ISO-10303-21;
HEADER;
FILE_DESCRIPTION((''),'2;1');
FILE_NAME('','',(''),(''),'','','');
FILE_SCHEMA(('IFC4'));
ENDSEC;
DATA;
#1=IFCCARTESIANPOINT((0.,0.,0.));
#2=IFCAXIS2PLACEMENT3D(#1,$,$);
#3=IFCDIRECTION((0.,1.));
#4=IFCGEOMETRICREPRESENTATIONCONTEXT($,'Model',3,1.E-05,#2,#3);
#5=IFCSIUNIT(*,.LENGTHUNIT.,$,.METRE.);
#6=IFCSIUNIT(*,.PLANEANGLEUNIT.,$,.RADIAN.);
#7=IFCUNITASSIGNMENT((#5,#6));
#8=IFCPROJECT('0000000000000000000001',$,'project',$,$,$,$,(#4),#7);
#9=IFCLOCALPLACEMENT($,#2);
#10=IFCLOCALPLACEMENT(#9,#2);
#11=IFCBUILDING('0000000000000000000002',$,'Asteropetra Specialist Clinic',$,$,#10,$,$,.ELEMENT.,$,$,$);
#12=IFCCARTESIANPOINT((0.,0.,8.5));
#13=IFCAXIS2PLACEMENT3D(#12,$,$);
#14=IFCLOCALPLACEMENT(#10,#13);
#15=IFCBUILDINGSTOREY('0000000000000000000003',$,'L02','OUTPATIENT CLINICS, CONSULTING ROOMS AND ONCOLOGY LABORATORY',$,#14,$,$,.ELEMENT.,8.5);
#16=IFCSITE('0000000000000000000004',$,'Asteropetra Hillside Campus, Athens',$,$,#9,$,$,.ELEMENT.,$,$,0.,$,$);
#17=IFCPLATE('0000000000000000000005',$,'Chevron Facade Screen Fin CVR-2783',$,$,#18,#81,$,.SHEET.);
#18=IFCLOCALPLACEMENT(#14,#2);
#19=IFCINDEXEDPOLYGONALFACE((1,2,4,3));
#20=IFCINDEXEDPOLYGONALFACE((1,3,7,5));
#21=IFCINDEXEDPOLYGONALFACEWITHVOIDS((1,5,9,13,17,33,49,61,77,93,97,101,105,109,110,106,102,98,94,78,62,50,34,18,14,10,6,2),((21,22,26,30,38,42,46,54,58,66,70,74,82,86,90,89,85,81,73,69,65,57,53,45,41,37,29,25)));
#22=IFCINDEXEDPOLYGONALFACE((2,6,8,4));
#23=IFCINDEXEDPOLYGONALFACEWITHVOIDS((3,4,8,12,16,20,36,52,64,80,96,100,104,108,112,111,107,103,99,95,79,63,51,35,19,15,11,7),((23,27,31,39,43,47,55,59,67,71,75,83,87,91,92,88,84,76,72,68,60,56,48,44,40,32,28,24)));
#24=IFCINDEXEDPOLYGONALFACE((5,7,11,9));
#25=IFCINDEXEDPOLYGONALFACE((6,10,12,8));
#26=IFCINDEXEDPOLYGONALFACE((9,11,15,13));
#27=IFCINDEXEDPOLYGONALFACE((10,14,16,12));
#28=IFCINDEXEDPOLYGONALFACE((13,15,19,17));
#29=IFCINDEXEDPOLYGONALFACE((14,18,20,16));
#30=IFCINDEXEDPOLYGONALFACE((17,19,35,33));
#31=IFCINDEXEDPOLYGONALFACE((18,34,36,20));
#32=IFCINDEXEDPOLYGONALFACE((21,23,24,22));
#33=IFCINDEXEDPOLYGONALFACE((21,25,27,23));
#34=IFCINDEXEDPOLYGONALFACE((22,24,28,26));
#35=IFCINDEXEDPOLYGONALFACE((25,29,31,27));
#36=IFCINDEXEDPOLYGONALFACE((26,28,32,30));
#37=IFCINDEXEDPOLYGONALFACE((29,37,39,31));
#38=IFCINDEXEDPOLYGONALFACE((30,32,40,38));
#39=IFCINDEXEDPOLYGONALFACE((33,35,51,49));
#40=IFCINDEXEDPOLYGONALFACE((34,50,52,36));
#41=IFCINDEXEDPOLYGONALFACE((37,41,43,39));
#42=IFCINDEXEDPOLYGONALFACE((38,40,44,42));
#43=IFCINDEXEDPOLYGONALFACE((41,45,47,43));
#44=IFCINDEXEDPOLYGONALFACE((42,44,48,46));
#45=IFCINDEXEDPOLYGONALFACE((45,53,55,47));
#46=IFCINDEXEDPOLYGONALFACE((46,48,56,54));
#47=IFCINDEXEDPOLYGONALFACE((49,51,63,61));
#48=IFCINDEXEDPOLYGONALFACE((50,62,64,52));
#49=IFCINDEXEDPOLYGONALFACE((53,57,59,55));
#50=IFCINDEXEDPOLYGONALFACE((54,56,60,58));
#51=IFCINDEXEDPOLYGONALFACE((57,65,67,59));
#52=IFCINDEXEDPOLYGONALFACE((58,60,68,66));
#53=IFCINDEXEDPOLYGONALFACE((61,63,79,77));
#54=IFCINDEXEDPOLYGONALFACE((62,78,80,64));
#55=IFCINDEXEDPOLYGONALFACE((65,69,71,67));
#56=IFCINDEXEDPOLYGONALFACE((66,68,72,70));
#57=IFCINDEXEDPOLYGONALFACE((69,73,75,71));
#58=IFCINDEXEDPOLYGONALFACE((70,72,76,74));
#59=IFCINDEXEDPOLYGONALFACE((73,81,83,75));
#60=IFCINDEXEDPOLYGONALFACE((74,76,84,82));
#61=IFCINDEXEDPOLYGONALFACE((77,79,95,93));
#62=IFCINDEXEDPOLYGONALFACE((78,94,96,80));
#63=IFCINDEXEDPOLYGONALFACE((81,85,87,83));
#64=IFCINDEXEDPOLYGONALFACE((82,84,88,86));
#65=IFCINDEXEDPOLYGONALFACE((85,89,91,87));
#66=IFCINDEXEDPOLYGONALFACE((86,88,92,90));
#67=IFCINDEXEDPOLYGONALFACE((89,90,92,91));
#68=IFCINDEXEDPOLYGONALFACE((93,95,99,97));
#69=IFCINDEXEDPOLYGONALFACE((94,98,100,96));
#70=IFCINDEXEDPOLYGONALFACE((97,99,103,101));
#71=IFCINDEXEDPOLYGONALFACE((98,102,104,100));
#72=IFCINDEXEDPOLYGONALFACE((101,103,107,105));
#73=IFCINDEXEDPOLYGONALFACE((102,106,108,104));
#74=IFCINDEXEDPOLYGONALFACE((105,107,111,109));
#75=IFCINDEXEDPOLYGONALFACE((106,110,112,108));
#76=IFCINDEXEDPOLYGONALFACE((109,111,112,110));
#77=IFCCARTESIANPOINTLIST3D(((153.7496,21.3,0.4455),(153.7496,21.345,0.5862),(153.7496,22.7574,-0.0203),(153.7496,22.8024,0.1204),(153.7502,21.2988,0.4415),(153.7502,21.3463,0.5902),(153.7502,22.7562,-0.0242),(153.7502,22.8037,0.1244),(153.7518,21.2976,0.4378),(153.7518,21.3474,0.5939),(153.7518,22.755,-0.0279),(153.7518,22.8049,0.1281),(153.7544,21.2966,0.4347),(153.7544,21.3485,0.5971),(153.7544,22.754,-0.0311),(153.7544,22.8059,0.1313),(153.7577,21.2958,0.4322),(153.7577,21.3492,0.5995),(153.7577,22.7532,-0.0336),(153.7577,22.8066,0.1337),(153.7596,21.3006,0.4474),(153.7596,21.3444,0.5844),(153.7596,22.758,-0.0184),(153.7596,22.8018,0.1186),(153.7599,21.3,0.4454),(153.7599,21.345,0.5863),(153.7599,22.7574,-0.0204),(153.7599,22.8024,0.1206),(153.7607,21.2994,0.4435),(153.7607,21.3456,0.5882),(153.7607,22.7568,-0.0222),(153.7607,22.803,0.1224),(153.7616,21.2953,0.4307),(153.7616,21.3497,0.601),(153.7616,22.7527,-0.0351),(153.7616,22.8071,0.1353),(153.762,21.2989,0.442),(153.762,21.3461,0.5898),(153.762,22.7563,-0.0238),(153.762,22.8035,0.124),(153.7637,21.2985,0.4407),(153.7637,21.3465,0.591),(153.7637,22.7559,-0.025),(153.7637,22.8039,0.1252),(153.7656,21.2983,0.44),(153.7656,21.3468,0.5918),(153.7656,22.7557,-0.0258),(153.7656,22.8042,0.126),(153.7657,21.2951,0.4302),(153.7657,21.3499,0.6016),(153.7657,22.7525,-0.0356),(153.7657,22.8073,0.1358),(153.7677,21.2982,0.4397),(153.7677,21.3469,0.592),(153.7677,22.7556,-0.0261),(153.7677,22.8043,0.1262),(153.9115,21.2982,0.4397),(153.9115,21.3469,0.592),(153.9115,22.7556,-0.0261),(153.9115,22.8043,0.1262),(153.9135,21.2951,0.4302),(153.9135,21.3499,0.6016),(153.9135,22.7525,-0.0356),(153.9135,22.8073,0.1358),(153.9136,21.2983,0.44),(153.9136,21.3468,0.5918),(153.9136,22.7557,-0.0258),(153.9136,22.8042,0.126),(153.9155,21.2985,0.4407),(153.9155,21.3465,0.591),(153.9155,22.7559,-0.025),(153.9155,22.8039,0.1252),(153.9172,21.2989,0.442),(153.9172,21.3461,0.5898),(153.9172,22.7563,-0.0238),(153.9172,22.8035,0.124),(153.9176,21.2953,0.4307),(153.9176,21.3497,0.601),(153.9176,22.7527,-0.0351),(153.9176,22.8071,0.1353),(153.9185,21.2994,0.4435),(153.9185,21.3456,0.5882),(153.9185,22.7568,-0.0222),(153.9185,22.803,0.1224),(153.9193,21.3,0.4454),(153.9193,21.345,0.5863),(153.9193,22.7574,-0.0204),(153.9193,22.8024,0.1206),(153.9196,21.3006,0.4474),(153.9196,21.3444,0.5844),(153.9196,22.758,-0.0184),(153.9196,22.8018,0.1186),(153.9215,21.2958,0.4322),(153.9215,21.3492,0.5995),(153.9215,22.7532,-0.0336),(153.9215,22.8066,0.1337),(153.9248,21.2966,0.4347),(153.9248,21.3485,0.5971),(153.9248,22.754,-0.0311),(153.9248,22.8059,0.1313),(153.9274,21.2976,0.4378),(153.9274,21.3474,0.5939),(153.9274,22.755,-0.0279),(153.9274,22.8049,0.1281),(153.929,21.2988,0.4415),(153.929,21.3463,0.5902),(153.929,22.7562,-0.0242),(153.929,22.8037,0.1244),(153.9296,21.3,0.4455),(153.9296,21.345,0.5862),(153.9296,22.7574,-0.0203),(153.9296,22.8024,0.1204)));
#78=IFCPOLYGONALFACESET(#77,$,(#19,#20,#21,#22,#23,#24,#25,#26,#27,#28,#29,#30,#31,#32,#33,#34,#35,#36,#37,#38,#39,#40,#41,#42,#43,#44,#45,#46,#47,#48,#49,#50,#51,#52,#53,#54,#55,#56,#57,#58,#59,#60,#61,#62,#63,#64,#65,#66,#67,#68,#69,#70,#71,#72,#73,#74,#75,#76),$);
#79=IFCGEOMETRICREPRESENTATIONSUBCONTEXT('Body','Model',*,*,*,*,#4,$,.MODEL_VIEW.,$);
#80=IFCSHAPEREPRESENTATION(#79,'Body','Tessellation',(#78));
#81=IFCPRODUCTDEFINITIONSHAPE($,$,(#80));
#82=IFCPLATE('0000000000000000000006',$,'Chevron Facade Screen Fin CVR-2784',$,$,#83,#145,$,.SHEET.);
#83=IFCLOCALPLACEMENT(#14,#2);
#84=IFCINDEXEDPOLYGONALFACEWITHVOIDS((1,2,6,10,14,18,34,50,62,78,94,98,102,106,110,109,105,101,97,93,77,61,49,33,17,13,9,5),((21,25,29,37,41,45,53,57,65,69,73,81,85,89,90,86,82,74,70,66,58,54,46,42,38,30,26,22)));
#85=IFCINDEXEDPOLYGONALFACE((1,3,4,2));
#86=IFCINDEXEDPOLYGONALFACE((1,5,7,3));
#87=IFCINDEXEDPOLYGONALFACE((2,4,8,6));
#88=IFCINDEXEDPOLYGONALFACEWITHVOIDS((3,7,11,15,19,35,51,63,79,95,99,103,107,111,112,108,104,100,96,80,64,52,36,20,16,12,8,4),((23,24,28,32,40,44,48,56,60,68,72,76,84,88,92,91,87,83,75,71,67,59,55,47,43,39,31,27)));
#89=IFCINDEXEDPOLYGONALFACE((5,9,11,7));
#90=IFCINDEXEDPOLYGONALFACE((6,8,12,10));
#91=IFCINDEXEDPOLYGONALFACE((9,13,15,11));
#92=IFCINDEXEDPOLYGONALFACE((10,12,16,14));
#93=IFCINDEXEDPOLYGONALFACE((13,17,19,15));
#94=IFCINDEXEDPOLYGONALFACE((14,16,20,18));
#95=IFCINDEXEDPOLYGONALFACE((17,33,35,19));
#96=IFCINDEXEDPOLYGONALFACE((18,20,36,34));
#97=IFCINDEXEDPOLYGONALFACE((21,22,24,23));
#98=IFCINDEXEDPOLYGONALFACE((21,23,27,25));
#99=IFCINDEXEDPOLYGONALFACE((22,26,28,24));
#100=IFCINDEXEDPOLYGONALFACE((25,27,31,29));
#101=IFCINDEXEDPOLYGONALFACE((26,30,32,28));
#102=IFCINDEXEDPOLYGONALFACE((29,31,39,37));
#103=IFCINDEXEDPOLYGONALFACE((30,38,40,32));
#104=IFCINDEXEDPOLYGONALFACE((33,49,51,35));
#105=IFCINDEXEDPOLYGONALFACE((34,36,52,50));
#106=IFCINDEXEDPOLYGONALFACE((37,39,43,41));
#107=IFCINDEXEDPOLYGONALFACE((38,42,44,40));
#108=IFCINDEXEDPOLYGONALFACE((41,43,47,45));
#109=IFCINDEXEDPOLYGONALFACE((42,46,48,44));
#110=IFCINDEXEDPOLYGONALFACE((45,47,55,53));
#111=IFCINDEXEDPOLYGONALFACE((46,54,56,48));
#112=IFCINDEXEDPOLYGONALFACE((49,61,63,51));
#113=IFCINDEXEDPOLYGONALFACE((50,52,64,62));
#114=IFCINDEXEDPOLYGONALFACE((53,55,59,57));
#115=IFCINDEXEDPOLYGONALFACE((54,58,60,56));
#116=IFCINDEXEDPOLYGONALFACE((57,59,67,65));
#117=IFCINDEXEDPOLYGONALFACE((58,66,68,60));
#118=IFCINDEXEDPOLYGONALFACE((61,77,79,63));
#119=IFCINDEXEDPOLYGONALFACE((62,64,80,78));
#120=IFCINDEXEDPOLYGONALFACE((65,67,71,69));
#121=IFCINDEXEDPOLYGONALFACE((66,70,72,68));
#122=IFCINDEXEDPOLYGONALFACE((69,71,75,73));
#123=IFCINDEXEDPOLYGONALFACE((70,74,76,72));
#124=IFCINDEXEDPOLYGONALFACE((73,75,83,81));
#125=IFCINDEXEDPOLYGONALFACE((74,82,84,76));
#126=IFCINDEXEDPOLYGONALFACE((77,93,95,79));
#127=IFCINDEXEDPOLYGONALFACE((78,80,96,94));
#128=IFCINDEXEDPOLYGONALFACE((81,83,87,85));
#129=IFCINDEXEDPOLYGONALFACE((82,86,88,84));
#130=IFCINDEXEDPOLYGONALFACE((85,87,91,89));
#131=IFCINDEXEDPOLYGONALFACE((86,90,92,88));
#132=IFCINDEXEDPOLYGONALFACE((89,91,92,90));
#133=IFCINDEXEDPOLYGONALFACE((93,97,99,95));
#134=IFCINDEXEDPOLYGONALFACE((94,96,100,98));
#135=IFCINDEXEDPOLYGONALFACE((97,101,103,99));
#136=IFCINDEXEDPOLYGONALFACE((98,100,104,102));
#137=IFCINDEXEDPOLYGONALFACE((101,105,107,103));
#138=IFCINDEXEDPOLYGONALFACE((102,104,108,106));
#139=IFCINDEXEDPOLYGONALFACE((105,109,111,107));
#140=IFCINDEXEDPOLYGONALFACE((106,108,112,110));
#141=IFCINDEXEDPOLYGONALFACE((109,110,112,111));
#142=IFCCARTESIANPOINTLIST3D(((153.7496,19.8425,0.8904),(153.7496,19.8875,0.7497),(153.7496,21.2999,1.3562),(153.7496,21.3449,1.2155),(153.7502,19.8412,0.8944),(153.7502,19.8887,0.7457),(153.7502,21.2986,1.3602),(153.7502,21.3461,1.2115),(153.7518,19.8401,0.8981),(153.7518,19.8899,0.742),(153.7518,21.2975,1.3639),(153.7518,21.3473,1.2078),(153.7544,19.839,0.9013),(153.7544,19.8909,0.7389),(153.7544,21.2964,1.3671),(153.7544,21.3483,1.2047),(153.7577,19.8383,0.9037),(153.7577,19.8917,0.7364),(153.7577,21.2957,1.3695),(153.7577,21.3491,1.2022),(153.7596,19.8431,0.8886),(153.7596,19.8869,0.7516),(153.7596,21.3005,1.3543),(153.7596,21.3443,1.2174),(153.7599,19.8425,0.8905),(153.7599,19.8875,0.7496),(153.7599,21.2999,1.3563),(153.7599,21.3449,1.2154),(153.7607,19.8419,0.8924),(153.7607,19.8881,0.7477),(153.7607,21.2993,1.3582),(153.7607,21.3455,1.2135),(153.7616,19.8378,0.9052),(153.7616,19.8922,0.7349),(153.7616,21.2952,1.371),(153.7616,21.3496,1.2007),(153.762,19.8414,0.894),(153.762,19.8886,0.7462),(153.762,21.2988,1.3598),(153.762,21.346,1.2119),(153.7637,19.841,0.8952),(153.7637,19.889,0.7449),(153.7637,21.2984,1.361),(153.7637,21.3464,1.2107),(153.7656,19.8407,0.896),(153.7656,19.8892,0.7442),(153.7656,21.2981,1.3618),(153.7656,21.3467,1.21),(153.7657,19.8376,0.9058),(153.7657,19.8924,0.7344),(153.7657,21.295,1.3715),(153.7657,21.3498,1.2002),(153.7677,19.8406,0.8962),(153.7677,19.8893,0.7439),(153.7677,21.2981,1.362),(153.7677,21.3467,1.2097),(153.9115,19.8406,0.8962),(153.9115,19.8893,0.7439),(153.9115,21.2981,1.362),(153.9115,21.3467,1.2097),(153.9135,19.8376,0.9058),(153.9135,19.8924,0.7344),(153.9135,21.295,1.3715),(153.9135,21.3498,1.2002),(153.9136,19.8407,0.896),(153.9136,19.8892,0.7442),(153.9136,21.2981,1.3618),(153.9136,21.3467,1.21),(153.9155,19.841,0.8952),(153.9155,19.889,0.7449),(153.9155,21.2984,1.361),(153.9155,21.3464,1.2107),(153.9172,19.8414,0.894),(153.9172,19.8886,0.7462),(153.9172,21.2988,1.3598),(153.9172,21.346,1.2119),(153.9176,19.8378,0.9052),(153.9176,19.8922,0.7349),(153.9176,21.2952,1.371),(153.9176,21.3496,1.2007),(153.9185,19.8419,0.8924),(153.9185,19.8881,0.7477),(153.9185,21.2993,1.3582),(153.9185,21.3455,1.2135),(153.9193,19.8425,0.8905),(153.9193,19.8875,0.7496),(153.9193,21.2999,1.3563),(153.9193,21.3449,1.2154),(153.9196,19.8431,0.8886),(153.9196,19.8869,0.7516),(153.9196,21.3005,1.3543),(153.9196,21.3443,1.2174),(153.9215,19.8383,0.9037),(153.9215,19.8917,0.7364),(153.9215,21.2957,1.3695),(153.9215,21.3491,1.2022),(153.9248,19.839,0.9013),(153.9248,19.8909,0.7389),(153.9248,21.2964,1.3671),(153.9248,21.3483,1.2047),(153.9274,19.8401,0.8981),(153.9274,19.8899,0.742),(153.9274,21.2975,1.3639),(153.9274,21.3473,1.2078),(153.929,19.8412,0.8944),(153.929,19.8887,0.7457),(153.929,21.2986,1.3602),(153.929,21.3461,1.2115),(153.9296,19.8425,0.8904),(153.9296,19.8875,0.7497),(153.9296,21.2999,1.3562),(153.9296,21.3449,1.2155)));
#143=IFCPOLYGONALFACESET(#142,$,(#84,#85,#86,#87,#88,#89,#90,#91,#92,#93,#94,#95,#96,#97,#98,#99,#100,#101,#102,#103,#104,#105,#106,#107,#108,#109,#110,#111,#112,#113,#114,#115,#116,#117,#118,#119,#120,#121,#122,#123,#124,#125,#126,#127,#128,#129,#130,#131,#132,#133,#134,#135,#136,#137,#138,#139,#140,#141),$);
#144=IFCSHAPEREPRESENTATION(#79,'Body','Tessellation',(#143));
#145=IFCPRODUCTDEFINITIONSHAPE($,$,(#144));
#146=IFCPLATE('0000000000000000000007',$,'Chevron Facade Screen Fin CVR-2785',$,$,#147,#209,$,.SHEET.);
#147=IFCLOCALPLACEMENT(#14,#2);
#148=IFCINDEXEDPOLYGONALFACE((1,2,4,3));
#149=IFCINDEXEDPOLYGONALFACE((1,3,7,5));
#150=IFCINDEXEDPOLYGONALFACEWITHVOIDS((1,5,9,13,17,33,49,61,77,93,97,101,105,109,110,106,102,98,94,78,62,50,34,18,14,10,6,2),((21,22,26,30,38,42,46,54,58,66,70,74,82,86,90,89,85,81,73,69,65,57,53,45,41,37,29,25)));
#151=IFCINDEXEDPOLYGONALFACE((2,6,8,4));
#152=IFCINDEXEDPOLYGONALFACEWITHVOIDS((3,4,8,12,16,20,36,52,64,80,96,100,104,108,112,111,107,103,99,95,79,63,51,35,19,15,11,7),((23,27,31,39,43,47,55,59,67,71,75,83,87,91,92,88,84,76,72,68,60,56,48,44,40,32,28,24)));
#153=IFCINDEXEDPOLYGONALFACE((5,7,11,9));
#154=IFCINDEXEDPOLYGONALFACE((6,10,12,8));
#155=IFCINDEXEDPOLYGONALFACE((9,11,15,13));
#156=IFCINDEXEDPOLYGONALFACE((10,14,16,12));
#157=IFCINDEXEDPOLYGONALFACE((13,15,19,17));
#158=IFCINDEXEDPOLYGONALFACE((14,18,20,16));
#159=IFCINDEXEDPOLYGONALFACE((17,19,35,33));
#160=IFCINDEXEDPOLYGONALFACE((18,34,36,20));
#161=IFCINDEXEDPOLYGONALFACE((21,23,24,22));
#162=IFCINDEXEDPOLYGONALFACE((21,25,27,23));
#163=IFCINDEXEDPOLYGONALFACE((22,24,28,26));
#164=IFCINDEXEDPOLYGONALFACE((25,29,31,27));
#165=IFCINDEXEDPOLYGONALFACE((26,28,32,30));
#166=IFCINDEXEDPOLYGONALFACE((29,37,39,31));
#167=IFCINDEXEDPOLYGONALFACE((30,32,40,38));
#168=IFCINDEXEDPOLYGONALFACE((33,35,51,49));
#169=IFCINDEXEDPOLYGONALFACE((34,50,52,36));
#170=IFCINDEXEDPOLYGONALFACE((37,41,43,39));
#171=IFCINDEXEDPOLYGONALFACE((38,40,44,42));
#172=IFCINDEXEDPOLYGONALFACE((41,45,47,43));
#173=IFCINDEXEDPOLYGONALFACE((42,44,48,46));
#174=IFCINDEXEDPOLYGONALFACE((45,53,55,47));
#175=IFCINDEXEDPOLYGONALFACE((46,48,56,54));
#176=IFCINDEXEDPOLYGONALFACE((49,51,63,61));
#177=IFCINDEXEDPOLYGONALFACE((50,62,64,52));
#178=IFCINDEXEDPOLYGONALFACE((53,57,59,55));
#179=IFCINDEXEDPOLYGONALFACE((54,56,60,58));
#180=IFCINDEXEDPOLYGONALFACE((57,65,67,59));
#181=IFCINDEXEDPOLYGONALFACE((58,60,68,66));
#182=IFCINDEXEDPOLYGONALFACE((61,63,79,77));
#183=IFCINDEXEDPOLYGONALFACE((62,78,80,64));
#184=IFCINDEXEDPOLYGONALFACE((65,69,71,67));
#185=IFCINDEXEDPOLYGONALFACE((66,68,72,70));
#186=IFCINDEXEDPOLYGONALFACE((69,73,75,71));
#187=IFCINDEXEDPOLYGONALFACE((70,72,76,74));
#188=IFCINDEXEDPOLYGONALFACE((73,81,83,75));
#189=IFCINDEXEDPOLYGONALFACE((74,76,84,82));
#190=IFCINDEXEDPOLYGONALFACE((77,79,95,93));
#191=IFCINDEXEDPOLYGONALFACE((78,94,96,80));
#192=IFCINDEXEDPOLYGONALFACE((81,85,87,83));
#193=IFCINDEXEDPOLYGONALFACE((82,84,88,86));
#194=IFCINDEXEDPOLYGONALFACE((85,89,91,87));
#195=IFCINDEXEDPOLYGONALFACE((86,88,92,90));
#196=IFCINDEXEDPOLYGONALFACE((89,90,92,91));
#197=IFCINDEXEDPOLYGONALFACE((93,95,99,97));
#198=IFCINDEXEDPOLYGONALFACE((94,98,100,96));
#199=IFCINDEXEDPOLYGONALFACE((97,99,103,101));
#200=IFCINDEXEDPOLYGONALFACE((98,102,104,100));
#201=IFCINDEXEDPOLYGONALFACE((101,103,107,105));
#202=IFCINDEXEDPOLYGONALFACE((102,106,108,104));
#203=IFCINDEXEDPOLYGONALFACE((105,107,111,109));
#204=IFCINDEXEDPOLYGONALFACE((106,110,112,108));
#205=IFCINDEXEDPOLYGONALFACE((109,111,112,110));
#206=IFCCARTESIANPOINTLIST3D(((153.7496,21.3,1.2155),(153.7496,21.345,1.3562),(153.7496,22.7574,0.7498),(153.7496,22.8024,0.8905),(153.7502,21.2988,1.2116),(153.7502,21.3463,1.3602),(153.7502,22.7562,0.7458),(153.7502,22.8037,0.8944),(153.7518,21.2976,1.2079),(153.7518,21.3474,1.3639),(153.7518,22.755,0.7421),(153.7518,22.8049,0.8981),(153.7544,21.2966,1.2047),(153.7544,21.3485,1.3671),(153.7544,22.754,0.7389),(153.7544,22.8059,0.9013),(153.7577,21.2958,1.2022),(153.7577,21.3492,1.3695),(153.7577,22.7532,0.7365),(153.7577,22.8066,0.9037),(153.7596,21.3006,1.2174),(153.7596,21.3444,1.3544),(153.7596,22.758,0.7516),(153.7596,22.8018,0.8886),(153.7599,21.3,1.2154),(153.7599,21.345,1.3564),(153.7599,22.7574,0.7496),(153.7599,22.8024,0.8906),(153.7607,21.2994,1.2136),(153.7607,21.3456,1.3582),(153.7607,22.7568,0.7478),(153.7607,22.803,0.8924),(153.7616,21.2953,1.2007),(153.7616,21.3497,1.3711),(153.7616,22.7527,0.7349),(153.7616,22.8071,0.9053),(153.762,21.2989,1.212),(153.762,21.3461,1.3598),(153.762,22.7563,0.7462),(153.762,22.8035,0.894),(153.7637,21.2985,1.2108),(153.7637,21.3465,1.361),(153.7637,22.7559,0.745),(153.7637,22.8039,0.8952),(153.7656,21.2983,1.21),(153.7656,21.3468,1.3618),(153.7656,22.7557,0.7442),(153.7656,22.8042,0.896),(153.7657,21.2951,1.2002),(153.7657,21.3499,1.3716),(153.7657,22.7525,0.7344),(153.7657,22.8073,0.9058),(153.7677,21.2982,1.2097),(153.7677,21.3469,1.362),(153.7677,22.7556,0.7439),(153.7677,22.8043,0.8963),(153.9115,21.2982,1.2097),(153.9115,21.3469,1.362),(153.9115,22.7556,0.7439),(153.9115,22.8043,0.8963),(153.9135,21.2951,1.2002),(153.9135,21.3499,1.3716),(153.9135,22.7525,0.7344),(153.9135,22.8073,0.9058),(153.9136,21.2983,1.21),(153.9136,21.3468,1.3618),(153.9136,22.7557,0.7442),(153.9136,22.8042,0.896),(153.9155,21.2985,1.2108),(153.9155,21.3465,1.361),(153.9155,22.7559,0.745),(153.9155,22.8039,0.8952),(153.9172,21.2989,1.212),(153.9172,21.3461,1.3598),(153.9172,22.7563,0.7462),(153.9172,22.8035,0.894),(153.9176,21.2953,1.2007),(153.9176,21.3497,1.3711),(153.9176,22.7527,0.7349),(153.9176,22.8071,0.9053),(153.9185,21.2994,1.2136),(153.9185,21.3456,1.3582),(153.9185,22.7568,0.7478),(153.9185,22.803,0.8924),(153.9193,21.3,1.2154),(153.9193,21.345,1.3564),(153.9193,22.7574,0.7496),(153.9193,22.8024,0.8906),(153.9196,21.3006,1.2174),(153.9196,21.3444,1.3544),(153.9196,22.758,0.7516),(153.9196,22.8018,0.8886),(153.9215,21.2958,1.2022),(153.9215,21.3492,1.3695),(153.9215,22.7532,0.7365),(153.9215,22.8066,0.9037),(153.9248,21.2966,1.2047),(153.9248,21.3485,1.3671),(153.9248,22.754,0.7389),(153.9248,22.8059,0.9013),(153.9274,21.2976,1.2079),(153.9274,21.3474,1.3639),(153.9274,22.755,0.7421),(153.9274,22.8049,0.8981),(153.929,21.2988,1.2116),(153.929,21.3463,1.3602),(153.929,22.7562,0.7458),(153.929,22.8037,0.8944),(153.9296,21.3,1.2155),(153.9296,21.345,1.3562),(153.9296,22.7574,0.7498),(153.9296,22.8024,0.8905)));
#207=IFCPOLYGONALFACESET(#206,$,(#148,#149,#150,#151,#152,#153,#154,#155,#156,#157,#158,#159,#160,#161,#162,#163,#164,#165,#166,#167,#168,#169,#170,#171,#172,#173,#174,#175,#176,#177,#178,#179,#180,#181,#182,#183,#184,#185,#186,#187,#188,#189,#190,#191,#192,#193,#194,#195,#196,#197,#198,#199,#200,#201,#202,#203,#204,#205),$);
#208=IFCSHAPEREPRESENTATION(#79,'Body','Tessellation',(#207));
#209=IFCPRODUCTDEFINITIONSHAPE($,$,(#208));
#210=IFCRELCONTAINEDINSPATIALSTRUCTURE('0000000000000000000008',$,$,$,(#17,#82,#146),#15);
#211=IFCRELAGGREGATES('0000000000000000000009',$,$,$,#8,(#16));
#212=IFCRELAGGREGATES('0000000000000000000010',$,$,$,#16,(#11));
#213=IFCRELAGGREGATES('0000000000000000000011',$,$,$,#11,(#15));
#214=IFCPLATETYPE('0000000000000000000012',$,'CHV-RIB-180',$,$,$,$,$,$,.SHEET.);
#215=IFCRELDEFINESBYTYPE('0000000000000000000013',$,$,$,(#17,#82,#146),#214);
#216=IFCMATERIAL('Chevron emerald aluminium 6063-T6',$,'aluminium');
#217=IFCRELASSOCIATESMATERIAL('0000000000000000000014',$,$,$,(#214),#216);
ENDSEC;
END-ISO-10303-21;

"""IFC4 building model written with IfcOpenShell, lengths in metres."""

from ifc_helpers import new_model, si_unit, direction, frame, origin, origin_2d, place, context, subcontext, project, spatial, hollow_rectangle, extrude, material, material_profile, profile_set, type_object, element, save


model = new_model("IFC4")

# Units and contexts
model_context = context("Model", 3, precision=1e-05, world=origin(), true_north=direction((0.0, 1.0)))
body_context = subcontext(model_context, "Body", "Model", "MODEL_VIEW")
ifc_project = project(units=[si_unit("LENGTHUNIT", "METRE"), si_unit("PLANEANGLEUNIT", "RADIAN")], contexts=[model_context])

# Site, building, storey
site_placement = place(None, origin())
site = spatial("IfcSite", under=ifc_project, at=site_placement, Name="Asteropetra Hillside Campus, Athens", CompositionType="ELEMENT", RefElevation=0.0)
building_placement = place(site_placement, origin())
building = spatial("IfcBuilding", under=site, at=building_placement, Name="Asteropetra Specialist Clinic", CompositionType="ELEMENT")
storey_placement = place(building_placement, frame((0.0, 0.0, 8.5)))
storey = spatial("IfcBuildingStorey", under=building, at=storey_placement, Name="L02", Description="OUTPATIENT CLINICS, CONSULTING ROOMS AND ONCOLOGY LABORATORY", CompositionType="ELEMENT", Elevation=8.5)

# Plates
ifc_material_1 = material(Name="Chevron emerald aluminium 6063-T6", Category="aluminium")
ifc_material_profile_1 = material_profile(ifc_material_1, hollow_rectangle(XDim=0.1799, YDim=0.1799, WallThickness=0.01, InnerFilletRadius=0.0081, OuterFilletRadius=0.0161, at=origin_2d()), Name="SHS 180x180x10.0")
ifc_profile_set_1 = profile_set([ifc_material_profile_1], Name="Chevron emerald aluminium 6063-T6")
plate_type = type_object("IfcPlateType", Name="CHV-RIB-180", PredefinedType="SHEET", material=ifc_profile_set_1)
for number, where, z_axis, x_axis, name in (
    (1, (153.8396, 21.3225, 0.5159), (0.0, 0.952535, -0.304428), (-1.0, 0.0, 0.0), "Chevron Facade Screen Fin CVR-2783"),
    (2, (153.8396, 19.865, 0.8201), (0.0, 0.952535, 0.304428), (-1.0, 0.0, 0.0), "Chevron Facade Screen Fin CVR-2784"),
    (3, (153.8396, 21.3225, 1.2859), (0.0, 0.952535, -0.304428), (-1.0, 0.0, 0.0), "Chevron Facade Screen Fin CVR-2785"),
):
    element("IfcPlate", number, at=place(storey_placement, frame(where, z_axis=z_axis, x_axis=x_axis)), inside=storey, type_object=plate_type, Name=name, PredefinedType="SHEET", context=body_context, shape_type="SweptSolid", body=[
        extrude(hollow_rectangle(XDim=0.1799, YDim=0.1799, WallThickness=0.01, InnerFilletRadius=0.0081, OuterFilletRadius=0.0161, at=origin_2d()), origin(), (0.0, 0.0, 1.0), 1.53),
    ])

save(model, "model.ifc")
